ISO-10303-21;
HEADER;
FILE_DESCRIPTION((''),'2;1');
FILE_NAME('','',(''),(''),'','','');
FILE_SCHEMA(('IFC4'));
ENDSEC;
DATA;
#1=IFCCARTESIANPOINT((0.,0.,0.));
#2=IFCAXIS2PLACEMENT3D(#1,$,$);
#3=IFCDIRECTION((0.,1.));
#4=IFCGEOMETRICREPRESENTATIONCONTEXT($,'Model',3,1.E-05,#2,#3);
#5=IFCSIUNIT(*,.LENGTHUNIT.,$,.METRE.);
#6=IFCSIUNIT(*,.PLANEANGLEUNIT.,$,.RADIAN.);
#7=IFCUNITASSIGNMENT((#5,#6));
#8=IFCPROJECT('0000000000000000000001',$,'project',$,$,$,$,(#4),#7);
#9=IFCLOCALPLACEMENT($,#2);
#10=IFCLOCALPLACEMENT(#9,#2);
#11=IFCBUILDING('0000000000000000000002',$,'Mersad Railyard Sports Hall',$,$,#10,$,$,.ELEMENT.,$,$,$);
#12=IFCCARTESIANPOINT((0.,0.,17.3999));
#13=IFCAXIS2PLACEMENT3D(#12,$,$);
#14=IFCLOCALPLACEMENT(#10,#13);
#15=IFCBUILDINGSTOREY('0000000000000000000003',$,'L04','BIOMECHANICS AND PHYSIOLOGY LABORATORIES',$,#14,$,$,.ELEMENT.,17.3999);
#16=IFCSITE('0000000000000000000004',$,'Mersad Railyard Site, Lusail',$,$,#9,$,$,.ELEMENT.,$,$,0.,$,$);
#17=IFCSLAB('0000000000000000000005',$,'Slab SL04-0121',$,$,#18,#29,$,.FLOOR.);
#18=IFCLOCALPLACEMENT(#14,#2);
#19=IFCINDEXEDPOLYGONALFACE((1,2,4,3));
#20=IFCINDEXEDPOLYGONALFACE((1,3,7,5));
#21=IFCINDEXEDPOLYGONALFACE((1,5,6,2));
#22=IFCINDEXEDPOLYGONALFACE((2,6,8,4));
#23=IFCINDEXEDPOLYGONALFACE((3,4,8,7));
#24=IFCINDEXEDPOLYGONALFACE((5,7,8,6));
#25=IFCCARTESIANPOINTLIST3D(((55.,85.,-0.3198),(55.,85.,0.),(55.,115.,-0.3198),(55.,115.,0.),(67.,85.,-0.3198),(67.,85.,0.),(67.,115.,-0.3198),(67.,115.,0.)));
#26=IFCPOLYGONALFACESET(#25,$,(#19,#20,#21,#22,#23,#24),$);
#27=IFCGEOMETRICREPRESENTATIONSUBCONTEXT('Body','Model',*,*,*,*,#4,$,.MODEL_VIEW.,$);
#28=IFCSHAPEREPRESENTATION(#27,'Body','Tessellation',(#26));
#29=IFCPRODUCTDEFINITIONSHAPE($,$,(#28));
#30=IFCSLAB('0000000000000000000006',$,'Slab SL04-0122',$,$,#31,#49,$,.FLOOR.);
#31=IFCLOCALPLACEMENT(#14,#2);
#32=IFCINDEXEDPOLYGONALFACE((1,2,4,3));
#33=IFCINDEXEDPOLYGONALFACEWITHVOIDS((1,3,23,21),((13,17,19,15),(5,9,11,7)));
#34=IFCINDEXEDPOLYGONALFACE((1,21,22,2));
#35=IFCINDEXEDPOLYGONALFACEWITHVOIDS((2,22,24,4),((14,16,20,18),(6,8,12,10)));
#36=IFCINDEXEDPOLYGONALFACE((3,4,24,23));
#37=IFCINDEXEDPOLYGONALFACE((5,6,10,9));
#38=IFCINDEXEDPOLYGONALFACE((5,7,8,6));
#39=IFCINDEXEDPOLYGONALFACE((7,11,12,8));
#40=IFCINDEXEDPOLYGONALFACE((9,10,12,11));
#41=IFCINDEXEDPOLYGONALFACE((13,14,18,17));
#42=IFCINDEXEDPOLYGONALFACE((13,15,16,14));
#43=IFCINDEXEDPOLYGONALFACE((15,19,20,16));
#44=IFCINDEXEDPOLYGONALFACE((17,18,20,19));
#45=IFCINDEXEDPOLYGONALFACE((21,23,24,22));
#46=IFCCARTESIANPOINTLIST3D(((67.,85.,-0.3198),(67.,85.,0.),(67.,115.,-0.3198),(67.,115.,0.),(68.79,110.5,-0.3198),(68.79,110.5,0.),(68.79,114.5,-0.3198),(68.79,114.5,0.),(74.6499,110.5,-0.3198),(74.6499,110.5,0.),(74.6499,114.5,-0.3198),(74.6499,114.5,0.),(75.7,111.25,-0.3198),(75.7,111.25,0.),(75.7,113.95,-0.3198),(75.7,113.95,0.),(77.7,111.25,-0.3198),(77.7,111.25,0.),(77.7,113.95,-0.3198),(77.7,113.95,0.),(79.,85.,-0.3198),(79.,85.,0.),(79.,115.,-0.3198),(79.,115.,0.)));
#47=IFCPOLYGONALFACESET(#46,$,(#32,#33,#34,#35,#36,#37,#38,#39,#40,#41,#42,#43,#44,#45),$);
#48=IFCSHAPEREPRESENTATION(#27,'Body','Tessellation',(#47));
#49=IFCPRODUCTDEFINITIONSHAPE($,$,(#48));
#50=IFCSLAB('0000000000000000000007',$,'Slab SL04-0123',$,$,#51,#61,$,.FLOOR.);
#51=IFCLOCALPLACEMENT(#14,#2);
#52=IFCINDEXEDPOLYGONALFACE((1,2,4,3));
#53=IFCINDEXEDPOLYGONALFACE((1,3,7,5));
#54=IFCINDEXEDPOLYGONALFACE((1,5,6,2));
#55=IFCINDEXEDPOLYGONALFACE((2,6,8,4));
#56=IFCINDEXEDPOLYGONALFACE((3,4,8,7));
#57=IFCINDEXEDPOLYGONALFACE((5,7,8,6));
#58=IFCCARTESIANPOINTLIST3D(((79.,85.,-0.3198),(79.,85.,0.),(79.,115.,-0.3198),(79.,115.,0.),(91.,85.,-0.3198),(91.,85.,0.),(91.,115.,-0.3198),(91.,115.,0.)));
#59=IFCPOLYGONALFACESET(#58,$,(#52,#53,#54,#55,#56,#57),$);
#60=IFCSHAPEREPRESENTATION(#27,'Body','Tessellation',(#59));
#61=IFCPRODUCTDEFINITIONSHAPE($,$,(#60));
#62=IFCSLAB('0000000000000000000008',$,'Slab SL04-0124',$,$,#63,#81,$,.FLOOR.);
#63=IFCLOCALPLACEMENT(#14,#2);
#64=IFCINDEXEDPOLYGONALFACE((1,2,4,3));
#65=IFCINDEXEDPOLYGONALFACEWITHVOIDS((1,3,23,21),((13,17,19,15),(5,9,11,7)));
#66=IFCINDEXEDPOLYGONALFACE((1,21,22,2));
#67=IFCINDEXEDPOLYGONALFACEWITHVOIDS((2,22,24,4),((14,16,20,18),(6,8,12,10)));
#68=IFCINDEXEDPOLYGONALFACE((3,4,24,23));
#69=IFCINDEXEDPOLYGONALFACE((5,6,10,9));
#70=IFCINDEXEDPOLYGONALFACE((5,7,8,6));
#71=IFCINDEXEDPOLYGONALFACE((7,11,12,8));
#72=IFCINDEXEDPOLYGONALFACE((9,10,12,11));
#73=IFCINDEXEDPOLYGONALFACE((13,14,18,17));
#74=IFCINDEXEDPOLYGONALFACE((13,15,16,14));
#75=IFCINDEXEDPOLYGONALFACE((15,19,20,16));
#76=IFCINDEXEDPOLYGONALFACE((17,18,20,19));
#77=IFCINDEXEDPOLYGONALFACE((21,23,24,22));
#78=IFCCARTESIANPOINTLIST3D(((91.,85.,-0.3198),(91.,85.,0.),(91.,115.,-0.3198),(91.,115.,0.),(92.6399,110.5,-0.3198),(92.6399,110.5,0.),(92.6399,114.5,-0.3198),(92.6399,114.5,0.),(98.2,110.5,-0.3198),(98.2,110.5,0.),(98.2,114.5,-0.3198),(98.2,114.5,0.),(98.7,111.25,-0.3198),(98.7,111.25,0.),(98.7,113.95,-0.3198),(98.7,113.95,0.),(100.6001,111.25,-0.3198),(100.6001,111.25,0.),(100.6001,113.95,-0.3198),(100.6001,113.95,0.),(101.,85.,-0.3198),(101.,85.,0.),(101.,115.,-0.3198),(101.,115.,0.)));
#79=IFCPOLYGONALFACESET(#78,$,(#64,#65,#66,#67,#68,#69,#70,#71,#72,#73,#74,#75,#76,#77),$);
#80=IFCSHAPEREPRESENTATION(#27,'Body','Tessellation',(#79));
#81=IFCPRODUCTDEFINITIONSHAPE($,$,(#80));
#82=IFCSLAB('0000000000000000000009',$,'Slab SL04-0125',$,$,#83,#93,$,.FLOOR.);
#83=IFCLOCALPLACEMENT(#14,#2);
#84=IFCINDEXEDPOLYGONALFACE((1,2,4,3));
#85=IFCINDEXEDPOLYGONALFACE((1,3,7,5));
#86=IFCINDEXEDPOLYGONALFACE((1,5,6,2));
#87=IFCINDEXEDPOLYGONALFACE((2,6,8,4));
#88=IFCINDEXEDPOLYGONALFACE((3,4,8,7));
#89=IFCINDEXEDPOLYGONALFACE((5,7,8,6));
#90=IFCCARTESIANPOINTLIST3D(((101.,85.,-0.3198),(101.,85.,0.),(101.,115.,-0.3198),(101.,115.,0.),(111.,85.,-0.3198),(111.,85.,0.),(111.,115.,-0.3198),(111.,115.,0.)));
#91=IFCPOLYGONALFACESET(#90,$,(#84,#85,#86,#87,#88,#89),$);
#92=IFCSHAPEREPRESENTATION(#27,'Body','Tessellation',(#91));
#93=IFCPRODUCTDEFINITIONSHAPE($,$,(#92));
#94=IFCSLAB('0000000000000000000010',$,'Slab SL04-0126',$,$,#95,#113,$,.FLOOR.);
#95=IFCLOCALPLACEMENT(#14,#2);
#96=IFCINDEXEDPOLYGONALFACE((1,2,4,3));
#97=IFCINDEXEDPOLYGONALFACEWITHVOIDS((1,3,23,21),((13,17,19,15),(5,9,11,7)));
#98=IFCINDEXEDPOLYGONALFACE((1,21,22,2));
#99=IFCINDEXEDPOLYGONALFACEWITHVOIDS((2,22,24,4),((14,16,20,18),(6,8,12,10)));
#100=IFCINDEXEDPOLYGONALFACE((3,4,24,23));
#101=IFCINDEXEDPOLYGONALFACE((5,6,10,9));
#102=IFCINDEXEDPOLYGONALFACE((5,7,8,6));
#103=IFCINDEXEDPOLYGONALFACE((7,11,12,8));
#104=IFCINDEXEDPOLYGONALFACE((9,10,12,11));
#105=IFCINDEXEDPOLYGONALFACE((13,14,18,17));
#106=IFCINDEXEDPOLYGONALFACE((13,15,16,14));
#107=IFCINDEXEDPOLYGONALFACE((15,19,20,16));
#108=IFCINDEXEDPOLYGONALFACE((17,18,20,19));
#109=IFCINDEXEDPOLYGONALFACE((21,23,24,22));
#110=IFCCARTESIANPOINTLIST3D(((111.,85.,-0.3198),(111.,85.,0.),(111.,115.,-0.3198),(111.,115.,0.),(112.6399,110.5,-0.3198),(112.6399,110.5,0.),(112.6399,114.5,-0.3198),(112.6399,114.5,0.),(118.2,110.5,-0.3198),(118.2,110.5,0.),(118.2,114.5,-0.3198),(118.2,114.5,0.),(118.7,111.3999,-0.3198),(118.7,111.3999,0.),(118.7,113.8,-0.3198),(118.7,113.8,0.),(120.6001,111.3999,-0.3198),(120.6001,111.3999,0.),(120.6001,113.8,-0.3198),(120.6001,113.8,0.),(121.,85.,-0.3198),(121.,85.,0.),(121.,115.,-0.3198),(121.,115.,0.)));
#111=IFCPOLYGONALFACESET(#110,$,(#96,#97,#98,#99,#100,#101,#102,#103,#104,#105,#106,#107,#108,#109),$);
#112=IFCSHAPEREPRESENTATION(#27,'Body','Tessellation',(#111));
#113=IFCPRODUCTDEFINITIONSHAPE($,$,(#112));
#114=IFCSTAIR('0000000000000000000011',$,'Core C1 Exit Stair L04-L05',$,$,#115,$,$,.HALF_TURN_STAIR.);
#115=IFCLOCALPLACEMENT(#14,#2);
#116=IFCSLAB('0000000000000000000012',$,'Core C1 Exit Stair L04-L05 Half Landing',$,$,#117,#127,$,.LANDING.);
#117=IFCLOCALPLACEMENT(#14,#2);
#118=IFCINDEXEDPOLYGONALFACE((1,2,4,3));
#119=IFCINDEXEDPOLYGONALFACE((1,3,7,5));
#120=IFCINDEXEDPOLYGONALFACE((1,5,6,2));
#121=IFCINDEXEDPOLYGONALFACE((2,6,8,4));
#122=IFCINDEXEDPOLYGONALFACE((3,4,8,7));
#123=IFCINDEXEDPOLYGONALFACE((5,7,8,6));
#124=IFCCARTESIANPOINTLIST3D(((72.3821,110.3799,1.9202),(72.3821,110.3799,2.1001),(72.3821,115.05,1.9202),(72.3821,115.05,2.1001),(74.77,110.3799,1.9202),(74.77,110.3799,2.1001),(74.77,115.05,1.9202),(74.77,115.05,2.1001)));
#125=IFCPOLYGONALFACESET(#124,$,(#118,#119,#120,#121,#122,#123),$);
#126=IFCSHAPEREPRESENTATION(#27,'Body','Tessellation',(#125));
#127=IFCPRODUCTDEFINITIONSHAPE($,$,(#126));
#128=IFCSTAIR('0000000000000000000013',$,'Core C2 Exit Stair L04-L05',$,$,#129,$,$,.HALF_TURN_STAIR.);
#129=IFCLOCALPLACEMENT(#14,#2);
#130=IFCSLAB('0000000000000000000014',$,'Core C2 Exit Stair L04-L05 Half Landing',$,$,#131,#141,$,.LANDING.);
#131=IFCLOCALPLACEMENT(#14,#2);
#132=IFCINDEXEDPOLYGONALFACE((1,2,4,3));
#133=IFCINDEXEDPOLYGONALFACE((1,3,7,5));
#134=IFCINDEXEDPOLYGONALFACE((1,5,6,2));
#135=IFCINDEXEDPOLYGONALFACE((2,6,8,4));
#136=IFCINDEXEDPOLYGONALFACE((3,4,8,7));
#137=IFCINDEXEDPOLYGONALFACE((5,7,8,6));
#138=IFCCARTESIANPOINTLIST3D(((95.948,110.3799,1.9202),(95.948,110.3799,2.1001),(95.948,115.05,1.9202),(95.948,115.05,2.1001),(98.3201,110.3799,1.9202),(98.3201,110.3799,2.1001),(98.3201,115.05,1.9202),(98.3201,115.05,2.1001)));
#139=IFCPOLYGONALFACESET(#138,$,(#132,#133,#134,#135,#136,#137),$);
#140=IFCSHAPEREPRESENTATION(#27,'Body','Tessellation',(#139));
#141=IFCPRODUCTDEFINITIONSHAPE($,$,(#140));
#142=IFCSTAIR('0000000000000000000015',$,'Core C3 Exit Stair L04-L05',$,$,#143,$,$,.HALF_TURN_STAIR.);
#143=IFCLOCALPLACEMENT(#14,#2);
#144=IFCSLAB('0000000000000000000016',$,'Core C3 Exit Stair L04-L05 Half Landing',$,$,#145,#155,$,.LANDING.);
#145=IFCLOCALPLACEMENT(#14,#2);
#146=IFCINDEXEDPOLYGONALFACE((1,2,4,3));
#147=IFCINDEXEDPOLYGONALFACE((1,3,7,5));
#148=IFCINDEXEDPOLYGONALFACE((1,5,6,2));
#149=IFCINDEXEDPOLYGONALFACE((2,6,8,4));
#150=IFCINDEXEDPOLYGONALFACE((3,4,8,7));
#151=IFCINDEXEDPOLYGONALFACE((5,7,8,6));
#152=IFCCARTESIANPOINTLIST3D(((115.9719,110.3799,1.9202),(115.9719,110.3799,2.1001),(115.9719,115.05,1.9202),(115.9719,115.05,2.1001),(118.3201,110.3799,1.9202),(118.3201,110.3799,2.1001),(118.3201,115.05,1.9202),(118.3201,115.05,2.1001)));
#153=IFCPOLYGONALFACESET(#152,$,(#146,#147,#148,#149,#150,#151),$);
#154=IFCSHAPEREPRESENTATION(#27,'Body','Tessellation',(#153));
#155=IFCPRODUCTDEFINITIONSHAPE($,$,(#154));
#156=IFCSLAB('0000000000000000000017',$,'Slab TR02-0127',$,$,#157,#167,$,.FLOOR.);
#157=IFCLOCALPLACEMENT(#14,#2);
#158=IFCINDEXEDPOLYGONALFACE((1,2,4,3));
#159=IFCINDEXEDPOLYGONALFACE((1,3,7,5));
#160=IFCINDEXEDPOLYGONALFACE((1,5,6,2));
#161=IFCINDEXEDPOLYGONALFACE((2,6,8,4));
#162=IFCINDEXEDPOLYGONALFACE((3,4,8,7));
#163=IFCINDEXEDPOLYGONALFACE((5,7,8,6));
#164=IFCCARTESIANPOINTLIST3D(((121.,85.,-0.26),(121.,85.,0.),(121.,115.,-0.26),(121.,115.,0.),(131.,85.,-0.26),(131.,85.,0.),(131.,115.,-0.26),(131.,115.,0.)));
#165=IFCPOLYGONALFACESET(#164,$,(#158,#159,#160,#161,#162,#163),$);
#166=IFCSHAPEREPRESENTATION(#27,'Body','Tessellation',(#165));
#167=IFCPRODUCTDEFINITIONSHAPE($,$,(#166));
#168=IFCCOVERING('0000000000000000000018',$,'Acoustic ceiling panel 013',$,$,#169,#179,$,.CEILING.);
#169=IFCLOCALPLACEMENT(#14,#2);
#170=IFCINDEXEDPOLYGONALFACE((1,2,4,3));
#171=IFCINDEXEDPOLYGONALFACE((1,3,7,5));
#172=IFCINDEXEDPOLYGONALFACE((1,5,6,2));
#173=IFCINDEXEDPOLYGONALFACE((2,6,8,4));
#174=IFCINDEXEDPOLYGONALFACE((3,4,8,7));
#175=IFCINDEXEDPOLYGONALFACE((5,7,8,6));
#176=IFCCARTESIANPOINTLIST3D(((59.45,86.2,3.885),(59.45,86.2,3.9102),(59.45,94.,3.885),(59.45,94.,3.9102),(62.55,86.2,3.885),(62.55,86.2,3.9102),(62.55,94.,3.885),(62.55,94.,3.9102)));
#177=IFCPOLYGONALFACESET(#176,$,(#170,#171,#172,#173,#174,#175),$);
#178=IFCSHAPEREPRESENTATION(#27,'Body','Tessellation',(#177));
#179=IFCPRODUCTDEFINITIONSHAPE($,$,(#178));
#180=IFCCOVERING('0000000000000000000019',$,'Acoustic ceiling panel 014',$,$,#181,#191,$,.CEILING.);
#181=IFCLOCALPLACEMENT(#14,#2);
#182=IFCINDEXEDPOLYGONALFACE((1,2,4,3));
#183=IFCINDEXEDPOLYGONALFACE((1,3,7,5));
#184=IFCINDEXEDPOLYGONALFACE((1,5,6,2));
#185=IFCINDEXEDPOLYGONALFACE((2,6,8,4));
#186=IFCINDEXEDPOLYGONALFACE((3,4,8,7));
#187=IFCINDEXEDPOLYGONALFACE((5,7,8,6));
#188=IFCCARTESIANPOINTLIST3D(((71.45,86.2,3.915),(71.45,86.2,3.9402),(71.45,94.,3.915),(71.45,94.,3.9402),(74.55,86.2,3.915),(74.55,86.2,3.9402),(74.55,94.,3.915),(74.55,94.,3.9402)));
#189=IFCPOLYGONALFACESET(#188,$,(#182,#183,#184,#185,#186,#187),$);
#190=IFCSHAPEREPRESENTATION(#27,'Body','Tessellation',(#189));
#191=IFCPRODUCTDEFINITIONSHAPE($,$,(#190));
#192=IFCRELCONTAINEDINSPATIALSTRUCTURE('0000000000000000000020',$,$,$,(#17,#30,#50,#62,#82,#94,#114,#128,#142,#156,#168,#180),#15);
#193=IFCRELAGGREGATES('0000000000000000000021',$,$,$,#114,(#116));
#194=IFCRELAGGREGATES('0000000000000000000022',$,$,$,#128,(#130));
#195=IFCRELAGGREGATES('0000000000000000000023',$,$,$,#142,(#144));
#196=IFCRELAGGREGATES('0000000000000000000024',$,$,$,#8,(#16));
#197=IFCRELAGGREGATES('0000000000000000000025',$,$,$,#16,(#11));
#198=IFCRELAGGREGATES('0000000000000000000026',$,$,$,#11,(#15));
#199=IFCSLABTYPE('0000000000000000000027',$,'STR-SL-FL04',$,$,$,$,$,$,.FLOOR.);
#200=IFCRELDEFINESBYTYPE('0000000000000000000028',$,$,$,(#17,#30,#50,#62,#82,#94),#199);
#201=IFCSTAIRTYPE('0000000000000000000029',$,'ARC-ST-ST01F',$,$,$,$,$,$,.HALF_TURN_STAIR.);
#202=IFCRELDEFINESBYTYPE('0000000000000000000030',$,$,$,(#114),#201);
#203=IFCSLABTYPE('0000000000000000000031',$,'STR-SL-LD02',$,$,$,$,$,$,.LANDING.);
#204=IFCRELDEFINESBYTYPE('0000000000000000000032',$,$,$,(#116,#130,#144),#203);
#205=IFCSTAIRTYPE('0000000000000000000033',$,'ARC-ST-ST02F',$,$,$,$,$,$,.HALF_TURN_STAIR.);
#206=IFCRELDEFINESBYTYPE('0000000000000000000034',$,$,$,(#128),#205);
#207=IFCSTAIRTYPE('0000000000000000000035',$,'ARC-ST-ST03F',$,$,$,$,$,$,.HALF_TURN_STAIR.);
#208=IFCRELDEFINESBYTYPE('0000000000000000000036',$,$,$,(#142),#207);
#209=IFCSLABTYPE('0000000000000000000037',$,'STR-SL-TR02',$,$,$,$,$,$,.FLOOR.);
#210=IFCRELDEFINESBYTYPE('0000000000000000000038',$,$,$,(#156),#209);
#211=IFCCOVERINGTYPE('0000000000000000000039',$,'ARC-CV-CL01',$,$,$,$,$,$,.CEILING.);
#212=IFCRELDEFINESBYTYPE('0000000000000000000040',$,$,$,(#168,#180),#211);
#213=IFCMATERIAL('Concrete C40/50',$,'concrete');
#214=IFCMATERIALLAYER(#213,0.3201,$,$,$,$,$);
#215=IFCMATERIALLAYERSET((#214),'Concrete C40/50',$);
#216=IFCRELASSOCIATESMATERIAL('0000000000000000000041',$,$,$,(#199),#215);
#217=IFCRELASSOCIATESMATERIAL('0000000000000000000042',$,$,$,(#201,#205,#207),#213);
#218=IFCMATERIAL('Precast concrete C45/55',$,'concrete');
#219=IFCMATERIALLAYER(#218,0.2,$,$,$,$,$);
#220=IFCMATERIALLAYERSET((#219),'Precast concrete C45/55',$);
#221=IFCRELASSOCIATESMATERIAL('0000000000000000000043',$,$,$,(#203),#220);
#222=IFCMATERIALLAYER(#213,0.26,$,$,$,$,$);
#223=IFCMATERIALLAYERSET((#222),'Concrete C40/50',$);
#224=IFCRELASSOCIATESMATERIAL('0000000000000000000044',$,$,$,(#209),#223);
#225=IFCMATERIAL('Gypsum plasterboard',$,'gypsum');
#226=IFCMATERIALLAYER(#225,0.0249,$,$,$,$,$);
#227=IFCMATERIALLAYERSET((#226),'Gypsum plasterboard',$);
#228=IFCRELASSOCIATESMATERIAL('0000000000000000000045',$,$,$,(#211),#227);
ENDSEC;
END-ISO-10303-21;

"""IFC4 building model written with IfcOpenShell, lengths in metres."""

from ifc_helpers import new_model, si_unit, direction, frame, origin, place, context, subcontext, project, spatial, polyline, outline, extrude, material, layer, layer_set, type_object, element, aggregate, save


model = new_model("IFC4")

# Units and contexts
model_context = context("Model", 3, precision=1e-05, world=origin(), true_north=direction((0.0, 1.0)))
body_context = subcontext(model_context, "Body", "Model", "MODEL_VIEW")
ifc_project = project(units=[si_unit("LENGTHUNIT", "METRE"), si_unit("PLANEANGLEUNIT", "RADIAN")], contexts=[model_context])

# Site, building, storey
site_placement = place(None, origin())
site = spatial("IfcSite", under=ifc_project, at=site_placement, Name="Mersad Railyard Site, Lusail", CompositionType="ELEMENT", RefElevation=0.0)
building_placement = place(site_placement, origin())
building = spatial("IfcBuilding", under=site, at=building_placement, Name="Mersad Railyard Sports Hall", CompositionType="ELEMENT")
storey_placement = place(building_placement, frame((0.0, 0.0, 17.3999)))
storey = spatial("IfcBuildingStorey", under=building, at=storey_placement, Name="L04", Description="BIOMECHANICS AND PHYSIOLOGY LABORATORIES", CompositionType="ELEMENT", Elevation=17.3999)

# Slabs
ifc_material_1 = material(Name="Concrete C40/50", Category="concrete")
ifc_layer_1 = layer(ifc_material_1, 0.3201)
ifc_layer_set_1 = layer_set([ifc_layer_1], Name="Concrete C40/50")
slab_type_1 = type_object("IfcSlabType", Name="STR-SL-FL04", PredefinedType="FLOOR", material=ifc_layer_set_1)
slab_1_placement = place(storey_placement, frame((0.0, 0.0, -0.3198)))
element("IfcSlab", 1, at=slab_1_placement, inside=storey, type_object=slab_type_1, Name="Slab SL04-0121", PredefinedType="FLOOR", context=body_context, shape_type="SweptSolid", body=[
    extrude(outline(polyline([(55.0, 85.0), (67.0, 85.0), (67.0, 115.0), (55.0, 115.0), (55.0, 85.0)])), origin(), (0.0, 0.0, 1.0), 0.3198),
])
slab_2_placement = place(storey_placement, frame((0.0, 0.0, -0.3198)))
element("IfcSlab", 2, at=slab_2_placement, inside=storey, type_object=slab_type_1, Name="Slab SL04-0122", PredefinedType="FLOOR", context=body_context, shape_type="SweptSolid", body=[
    extrude(outline(polyline([(67.0, 85.0), (79.0, 85.0), (79.0, 115.0), (67.0, 115.0), (67.0, 85.0)]), holes=[polyline([(68.79, 110.5), (74.6499, 110.5), (74.6499, 114.5), (68.79, 114.5), (68.79, 110.5)]), polyline([(75.7, 111.25), (77.7, 111.25), (77.7, 113.95), (75.7, 113.95), (75.7, 111.25)])]), origin(), (0.0, 0.0, 1.0), 0.3198),
])
slab_3_placement = place(storey_placement, frame((0.0, 0.0, -0.3198)))
element("IfcSlab", 3, at=slab_3_placement, inside=storey, type_object=slab_type_1, Name="Slab SL04-0123", PredefinedType="FLOOR", context=body_context, shape_type="SweptSolid", body=[
    extrude(outline(polyline([(79.0, 85.0), (91.0, 85.0), (91.0, 115.0), (79.0, 115.0), (79.0, 85.0)])), origin(), (0.0, 0.0, 1.0), 0.3198),
])
slab_4_placement = place(storey_placement, frame((0.0, 0.0, -0.3198)))
element("IfcSlab", 4, at=slab_4_placement, inside=storey, type_object=slab_type_1, Name="Slab SL04-0124", PredefinedType="FLOOR", context=body_context, shape_type="SweptSolid", body=[
    extrude(outline(polyline([(91.0, 85.0), (101.0, 85.0), (101.0, 115.0), (91.0, 115.0), (91.0, 85.0)]), holes=[polyline([(92.6399, 110.5), (98.2, 110.5), (98.2, 114.5), (92.6399, 114.5), (92.6399, 110.5)]), polyline([(98.7, 111.25), (100.6001, 111.25), (100.6001, 113.95), (98.7, 113.95), (98.7, 111.25)])]), origin(), (0.0, 0.0, 1.0), 0.3198),
])
slab_5_placement = place(storey_placement, frame((0.0, 0.0, -0.3198)))
element("IfcSlab", 5, at=slab_5_placement, inside=storey, type_object=slab_type_1, Name="Slab SL04-0125", PredefinedType="FLOOR", context=body_context, shape_type="SweptSolid", body=[
    extrude(outline(polyline([(101.0, 85.0), (111.0, 85.0), (111.0, 115.0), (101.0, 115.0), (101.0, 85.0)])), origin(), (0.0, 0.0, 1.0), 0.3198),
])
slab_6_placement = place(storey_placement, frame((0.0, 0.0, -0.3198)))
element("IfcSlab", 6, at=slab_6_placement, inside=storey, type_object=slab_type_1, Name="Slab SL04-0126", PredefinedType="FLOOR", context=body_context, shape_type="SweptSolid", body=[
    extrude(outline(polyline([(111.0, 85.0), (121.0, 85.0), (121.0, 115.0), (111.0, 115.0), (111.0, 85.0)]), holes=[polyline([(112.6399, 110.5), (118.2, 110.5), (118.2, 114.5), (112.6399, 114.5), (112.6399, 110.5)]), polyline([(118.7, 111.3999), (120.6001, 111.3999), (120.6001, 113.8), (118.7, 113.8), (118.7, 111.3999)])]), origin(), (0.0, 0.0, 1.0), 0.3198),
])

# Stairs, slabs
stair_type_1 = type_object("IfcStairType", Name="ARC-ST-ST01F", PredefinedType="HALF_TURN_STAIR", material=ifc_material_1)
stair_1_placement = place(storey_placement, origin())
stair_1 = element("IfcStair", 7, at=stair_1_placement, inside=storey, type_object=stair_type_1, Name="Core C1 Exit Stair L04-L05", PredefinedType="HALF_TURN_STAIR")
ifc_material_2 = material(Name="Precast concrete C45/55", Category="concrete")
ifc_layer_2 = layer(ifc_material_2, 0.2)
ifc_layer_set_2 = layer_set([ifc_layer_2], Name="Precast concrete C45/55")
slab_type_2 = type_object("IfcSlabType", Name="STR-SL-LD02", PredefinedType="LANDING", material=ifc_layer_set_2)
slab_7_placement = place(storey_placement, frame((0.0, 0.0, 1.9202)))
slab_7 = element("IfcSlab", 8, at=slab_7_placement, type_object=slab_type_2, Name="Core C1 Exit Stair L04-L05 Half Landing", PredefinedType="LANDING", context=body_context, shape_type="SweptSolid", body=[
    extrude(outline(polyline([(72.3821, 110.3799), (74.77, 110.3799), (74.77, 115.05), (72.3821, 115.05), (72.3821, 110.3799)])), origin(), (0.0, 0.0, 1.0), 0.1799),
])
aggregate(stair_1, [slab_7])
stair_type_2 = type_object("IfcStairType", Name="ARC-ST-ST02F", PredefinedType="HALF_TURN_STAIR", material=ifc_material_1)
stair_2_placement = place(storey_placement, origin())
stair_2 = element("IfcStair", 9, at=stair_2_placement, inside=storey, type_object=stair_type_2, Name="Core C2 Exit Stair L04-L05", PredefinedType="HALF_TURN_STAIR")
slab_8_placement = place(storey_placement, frame((0.0, 0.0, 1.9202)))
slab_8 = element("IfcSlab", 10, at=slab_8_placement, type_object=slab_type_2, Name="Core C2 Exit Stair L04-L05 Half Landing", PredefinedType="LANDING", context=body_context, shape_type="SweptSolid", body=[
    extrude(outline(polyline([(95.948, 110.3799), (98.3201, 110.3799), (98.3201, 115.05), (95.948, 115.05), (95.948, 110.3799)])), origin(), (0.0, 0.0, 1.0), 0.1799),
])
aggregate(stair_2, [slab_8])
stair_type_3 = type_object("IfcStairType", Name="ARC-ST-ST03F", PredefinedType="HALF_TURN_STAIR", material=ifc_material_1)
stair_3_placement = place(storey_placement, origin())
stair_3 = element("IfcStair", 11, at=stair_3_placement, inside=storey, type_object=stair_type_3, Name="Core C3 Exit Stair L04-L05", PredefinedType="HALF_TURN_STAIR")
slab_9_placement = place(storey_placement, frame((0.0, 0.0, 1.9202)))
slab_9 = element("IfcSlab", 12, at=slab_9_placement, type_object=slab_type_2, Name="Core C3 Exit Stair L04-L05 Half Landing", PredefinedType="LANDING", context=body_context, shape_type="SweptSolid", body=[
    extrude(outline(polyline([(115.9719, 110.3799), (118.3201, 110.3799), (118.3201, 115.05), (115.9719, 115.05), (115.9719, 110.3799)])), origin(), (0.0, 0.0, 1.0), 0.1799),
])
aggregate(stair_3, [slab_9])

# Slab
ifc_layer_3 = layer(ifc_material_1, 0.26)
ifc_layer_set_3 = layer_set([ifc_layer_3], Name="Concrete C40/50")
slab_type_3 = type_object("IfcSlabType", Name="STR-SL-TR02", PredefinedType="FLOOR", material=ifc_layer_set_3)
slab_10_placement = place(storey_placement, frame((0.0, 0.0, -0.26)))
element("IfcSlab", 13, at=slab_10_placement, inside=storey, type_object=slab_type_3, Name="Slab TR02-0127", PredefinedType="FLOOR", context=body_context, shape_type="SweptSolid", body=[
    extrude(outline(polyline([(121.0, 85.0), (131.0, 85.0), (131.0, 115.0), (121.0, 115.0), (121.0, 85.0)])), origin(), (0.0, 0.0, 1.0), 0.26),
])

# Coverings
ifc_material_3 = material(Name="Gypsum plasterboard", Category="gypsum")
ifc_layer_4 = layer(ifc_material_3, 0.0249)
ifc_layer_set_4 = layer_set([ifc_layer_4], Name="Gypsum plasterboard")
covering_type = type_object("IfcCoveringType", Name="ARC-CV-CL01", PredefinedType="CEILING", material=ifc_layer_set_4)
covering_1_placement = place(storey_placement, frame((0.0, 0.0, 3.885)))
element("IfcCovering", 14, at=covering_1_placement, inside=storey, type_object=covering_type, Name="Acoustic ceiling panel 013", PredefinedType="CEILING", context=body_context, shape_type="SweptSolid", body=[
    extrude(outline(polyline([(59.45, 86.2), (62.55, 86.2), (62.55, 94.0), (59.45, 94.0), (59.45, 86.2)])), origin(), (0.0, 0.0, 1.0), 0.0251),
])
covering_2_placement = place(storey_placement, frame((0.0, 0.0, 3.915)))
element("IfcCovering", 15, at=covering_2_placement, inside=storey, type_object=covering_type, Name="Acoustic ceiling panel 014", PredefinedType="CEILING", context=body_context, shape_type="SweptSolid", body=[
    extrude(outline(polyline([(71.45, 86.2), (74.55, 86.2), (74.55, 94.0), (71.45, 94.0), (71.45, 86.2)])), origin(), (0.0, 0.0, 1.0), 0.0251),
])

save(model, "model.ifc")
